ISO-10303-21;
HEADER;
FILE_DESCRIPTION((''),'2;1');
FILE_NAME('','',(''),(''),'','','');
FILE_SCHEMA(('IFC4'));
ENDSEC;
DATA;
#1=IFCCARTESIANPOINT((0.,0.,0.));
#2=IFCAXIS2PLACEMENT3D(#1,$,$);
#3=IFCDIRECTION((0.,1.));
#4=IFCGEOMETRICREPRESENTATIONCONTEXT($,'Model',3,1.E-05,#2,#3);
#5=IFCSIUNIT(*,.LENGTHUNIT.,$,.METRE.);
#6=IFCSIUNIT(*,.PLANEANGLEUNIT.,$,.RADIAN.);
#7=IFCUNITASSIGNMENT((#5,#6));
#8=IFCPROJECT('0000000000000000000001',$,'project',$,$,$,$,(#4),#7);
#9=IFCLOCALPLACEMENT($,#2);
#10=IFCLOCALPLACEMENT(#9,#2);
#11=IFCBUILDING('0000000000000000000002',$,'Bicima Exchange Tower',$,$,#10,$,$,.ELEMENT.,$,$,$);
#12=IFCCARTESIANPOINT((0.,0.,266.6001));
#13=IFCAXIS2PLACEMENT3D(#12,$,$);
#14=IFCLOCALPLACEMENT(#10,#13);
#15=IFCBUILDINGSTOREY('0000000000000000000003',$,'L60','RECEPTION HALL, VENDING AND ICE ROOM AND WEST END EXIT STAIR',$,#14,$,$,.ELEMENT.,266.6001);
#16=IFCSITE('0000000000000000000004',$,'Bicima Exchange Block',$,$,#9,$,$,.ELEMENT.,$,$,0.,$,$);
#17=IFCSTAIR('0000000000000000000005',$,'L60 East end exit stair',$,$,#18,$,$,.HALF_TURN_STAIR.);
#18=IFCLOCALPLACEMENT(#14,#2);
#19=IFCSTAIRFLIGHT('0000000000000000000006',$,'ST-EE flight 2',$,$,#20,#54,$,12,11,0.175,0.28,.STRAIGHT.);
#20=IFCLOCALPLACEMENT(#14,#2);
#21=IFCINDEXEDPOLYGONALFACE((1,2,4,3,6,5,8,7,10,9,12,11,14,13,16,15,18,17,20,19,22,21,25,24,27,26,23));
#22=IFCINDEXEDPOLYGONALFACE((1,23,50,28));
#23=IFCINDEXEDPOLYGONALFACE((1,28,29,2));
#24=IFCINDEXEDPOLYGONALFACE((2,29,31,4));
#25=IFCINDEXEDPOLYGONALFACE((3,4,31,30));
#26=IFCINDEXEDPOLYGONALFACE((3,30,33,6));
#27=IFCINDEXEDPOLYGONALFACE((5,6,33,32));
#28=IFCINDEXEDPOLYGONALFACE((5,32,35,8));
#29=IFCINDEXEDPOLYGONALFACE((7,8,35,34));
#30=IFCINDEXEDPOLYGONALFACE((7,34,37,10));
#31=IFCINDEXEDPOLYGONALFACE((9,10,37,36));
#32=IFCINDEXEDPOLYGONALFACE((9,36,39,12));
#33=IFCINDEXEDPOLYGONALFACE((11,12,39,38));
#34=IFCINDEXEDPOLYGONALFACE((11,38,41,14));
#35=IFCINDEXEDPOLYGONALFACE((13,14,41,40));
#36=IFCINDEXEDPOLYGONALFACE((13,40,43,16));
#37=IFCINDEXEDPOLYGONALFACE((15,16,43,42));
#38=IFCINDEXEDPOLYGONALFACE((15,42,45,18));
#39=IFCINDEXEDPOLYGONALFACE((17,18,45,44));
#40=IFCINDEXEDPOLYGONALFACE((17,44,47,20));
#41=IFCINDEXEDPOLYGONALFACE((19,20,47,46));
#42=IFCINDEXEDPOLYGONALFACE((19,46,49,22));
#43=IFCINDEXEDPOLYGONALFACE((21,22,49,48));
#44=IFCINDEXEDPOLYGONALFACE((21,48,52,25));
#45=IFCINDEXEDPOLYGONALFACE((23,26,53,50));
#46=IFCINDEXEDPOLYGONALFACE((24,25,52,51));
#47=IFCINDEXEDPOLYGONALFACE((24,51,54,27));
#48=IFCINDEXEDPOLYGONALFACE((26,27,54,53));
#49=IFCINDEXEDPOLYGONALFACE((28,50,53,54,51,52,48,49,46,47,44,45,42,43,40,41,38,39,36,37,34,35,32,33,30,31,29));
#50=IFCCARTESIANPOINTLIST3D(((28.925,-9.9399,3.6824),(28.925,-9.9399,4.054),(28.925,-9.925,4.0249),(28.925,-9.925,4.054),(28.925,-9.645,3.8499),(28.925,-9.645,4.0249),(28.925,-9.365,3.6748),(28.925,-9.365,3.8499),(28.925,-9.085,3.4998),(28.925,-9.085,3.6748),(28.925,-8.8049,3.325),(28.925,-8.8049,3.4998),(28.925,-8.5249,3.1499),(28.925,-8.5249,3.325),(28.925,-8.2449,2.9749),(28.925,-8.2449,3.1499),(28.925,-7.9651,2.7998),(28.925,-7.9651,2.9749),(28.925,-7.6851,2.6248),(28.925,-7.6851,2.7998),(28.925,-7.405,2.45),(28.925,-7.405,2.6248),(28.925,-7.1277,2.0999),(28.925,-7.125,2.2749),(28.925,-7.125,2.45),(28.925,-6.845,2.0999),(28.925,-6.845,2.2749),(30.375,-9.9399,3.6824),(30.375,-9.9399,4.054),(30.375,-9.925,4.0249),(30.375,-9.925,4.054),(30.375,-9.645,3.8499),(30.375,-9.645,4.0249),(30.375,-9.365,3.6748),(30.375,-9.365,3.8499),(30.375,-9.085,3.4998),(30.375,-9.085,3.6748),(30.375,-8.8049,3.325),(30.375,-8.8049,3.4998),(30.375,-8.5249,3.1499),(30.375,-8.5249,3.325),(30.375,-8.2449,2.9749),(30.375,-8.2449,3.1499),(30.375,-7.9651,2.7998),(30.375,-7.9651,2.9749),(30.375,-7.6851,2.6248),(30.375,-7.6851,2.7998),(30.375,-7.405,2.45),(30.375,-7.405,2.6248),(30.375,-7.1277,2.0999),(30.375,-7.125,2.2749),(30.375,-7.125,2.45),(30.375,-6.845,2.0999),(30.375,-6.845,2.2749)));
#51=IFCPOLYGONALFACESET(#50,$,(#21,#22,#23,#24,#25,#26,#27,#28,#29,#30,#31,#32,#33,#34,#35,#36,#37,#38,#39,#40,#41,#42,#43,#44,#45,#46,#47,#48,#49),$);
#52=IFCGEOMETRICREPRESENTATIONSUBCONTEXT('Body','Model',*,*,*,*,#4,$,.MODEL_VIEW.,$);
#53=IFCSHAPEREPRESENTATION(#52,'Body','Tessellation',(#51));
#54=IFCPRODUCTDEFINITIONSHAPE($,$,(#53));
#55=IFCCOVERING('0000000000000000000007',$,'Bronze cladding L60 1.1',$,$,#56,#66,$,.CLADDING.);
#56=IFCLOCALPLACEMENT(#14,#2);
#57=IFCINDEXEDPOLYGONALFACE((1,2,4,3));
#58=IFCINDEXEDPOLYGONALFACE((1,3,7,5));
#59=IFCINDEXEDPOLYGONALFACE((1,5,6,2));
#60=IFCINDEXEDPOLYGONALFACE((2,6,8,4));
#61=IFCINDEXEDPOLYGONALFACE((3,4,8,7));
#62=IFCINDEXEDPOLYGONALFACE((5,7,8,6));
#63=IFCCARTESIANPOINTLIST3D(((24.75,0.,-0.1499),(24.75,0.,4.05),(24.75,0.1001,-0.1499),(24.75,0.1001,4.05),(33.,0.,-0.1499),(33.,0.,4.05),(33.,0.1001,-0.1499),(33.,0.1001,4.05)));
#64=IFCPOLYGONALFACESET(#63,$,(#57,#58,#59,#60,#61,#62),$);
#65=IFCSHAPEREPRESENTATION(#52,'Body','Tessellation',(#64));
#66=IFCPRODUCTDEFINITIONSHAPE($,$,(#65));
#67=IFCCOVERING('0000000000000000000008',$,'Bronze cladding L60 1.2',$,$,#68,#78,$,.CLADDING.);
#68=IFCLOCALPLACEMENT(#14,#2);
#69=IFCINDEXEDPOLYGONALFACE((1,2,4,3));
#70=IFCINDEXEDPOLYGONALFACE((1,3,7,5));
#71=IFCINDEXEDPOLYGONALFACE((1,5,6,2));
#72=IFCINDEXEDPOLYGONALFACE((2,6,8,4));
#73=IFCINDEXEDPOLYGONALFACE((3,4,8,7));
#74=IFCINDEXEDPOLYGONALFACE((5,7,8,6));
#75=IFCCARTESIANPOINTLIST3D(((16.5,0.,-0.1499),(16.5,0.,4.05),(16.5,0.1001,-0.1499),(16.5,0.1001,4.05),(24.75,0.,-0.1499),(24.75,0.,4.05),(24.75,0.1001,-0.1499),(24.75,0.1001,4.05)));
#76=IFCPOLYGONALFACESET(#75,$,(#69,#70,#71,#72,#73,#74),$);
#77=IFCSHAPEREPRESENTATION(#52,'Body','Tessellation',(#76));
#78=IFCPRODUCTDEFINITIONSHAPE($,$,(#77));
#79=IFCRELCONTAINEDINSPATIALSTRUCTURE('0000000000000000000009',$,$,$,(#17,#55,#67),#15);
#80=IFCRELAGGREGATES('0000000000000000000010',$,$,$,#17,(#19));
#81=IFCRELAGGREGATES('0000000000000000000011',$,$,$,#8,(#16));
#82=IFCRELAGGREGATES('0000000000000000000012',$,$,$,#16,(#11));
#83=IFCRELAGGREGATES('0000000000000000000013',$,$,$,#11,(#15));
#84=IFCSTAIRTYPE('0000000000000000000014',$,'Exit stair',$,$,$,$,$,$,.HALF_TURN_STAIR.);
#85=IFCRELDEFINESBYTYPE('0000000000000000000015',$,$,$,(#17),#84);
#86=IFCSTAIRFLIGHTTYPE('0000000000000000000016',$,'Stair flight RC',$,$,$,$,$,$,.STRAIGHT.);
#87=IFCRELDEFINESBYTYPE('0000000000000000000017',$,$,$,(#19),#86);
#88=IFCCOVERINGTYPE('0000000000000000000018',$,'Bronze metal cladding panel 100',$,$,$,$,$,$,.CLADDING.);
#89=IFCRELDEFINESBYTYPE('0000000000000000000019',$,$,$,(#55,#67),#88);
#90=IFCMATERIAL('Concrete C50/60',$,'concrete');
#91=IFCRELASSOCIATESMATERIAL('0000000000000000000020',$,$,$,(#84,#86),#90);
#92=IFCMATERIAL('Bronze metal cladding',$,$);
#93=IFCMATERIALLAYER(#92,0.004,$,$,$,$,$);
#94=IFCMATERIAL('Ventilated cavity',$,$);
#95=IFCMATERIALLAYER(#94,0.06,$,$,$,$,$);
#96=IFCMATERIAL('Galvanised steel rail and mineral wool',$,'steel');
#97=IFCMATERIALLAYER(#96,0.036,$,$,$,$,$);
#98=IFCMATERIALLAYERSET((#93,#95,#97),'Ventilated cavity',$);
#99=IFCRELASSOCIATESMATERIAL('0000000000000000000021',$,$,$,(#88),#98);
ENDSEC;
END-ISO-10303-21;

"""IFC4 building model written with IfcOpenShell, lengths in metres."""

from ifc_helpers import new_model, si_unit, direction, frame, origin, origin_2d, place, context, subcontext, project, spatial, polyline, rectangle, outline, extrude, material, layer, layer_set, type_object, element, aggregate, save


model = new_model("IFC4")

# Units and contexts
model_context = context("Model", 3, precision=1e-05, world=origin(), true_north=direction((0.0, 1.0)))
body_context = subcontext(model_context, "Body", "Model", "MODEL_VIEW")
ifc_project = project(units=[si_unit("LENGTHUNIT", "METRE"), si_unit("PLANEANGLEUNIT", "RADIAN")], contexts=[model_context])

# Site, building, storey
site_placement = place(None, origin())
site = spatial("IfcSite", under=ifc_project, at=site_placement, Name="Bicima Exchange Block", CompositionType="ELEMENT", RefElevation=0.0)
building_placement = place(site_placement, origin())
building = spatial("IfcBuilding", under=site, at=building_placement, Name="Bicima Exchange Tower", CompositionType="ELEMENT")
storey_placement = place(building_placement, frame((0.0, 0.0, 266.6001)))
storey = spatial("IfcBuildingStorey", under=building, at=storey_placement, Name="L60", Description="RECEPTION HALL, VENDING AND ICE ROOM AND WEST END EXIT STAIR", CompositionType="ELEMENT", Elevation=266.6001)

# Shared definitions
ifc_material_1 = material(Name="Concrete C50/60", Category="concrete")

# Stair, stair flight
stair_type = type_object("IfcStairType", Name="Exit stair", PredefinedType="HALF_TURN_STAIR", material=ifc_material_1)
stair_flight_type = type_object("IfcStairFlightType", Name="Stair flight RC", PredefinedType="STRAIGHT", material=ifc_material_1)
stair_1_placement = place(storey_placement, origin())
stair_1 = element("IfcStair", 1, at=stair_1_placement, inside=storey, type_object=stair_type, Name="L60 East end exit stair", PredefinedType="HALF_TURN_STAIR")
stair_flight_1_placement = place(storey_placement, frame((29.6499, -6.845, 2.0999), z_axis=(0.0, 0.0, 1.0), x_axis=(0.0, -1.0, 0.0)))
stair_flight_1 = element("IfcStairFlight", 2, at=stair_flight_1_placement, type_object=stair_flight_type, Name="ST-EE flight 2", NumberOfRisers=12, NumberOfTreads=11, PredefinedType="STRAIGHT", RiserHeight=0.175, TreadLength=0.28, context=body_context, shape_type="SweptSolid", body=[
    extrude(outline(polyline([(0.0, 0.0), (0.0, 0.175), (0.28, 0.175), (0.28, 0.3501), (0.5601, 0.3501), (0.5601, 0.5249), (0.8401, 0.5249), (0.8401, 0.7), (1.1201, 0.7), (1.1201, 0.875), (1.3999, 0.875), (1.3999, 1.05), (1.6799, 1.05), (1.6799, 1.2251), (1.96, 1.2251), (1.96, 1.3999), (2.24, 1.3999), (2.24, 1.575), (2.52, 1.575), (2.52, 1.75), (2.8, 1.75), (2.8, 1.925), (3.0801, 1.925), (3.0801, 1.9541), (3.095, 1.9541), (3.095, 1.5825), (0.2827, 0.0), (0.0, 0.0)])), frame((0.0, 0.7251, 0.0), z_axis=(0.0, -1.0, 0.0), x_axis=(1.0, 0.0, 0.0)), (0.0, 0.0, 1.0), 1.45),
])
aggregate(stair_1, [stair_flight_1])

# Coverings
ifc_material_2 = material(Name="Bronze metal cladding")
ifc_layer_1 = layer(ifc_material_2, 0.004)
ifc_material_3 = material(Name="Ventilated cavity")
ifc_layer_2 = layer(ifc_material_3, 0.06)
ifc_material_4 = material(Name="Galvanised steel rail and mineral wool", Category="steel")
ifc_layer_3 = layer(ifc_material_4, 0.036)
ifc_layer_set_1 = layer_set([ifc_layer_1, ifc_layer_2, ifc_layer_3], Name="Ventilated cavity")
covering_type = type_object("IfcCoveringType", Name="Bronze metal cladding panel 100", PredefinedType="CLADDING", material=ifc_layer_set_1)
for number, where, z_axis, x_axis, name in (
    (3, (28.875, 0.05, -0.1499), (0.0, 0.0, 1.0), (-1.0, 0.0, 0.0), "Bronze cladding L60 1.1"),
    (4, (20.625, 0.05, -0.1499), (0.0, 0.0, 1.0), (-1.0, 0.0, 0.0), "Bronze cladding L60 1.2"),
):
    element("IfcCovering", number, at=place(storey_placement, frame(where, z_axis=z_axis, x_axis=x_axis)), inside=storey, type_object=covering_type, Name=name, PredefinedType="CLADDING", context=body_context, shape_type="SweptSolid", body=[
        extrude(rectangle(XDim=8.25, YDim=0.1001, at=origin_2d()), origin(), (0.0, 0.0, 1.0), 4.2),
    ])

save(model, "model.ifc")
